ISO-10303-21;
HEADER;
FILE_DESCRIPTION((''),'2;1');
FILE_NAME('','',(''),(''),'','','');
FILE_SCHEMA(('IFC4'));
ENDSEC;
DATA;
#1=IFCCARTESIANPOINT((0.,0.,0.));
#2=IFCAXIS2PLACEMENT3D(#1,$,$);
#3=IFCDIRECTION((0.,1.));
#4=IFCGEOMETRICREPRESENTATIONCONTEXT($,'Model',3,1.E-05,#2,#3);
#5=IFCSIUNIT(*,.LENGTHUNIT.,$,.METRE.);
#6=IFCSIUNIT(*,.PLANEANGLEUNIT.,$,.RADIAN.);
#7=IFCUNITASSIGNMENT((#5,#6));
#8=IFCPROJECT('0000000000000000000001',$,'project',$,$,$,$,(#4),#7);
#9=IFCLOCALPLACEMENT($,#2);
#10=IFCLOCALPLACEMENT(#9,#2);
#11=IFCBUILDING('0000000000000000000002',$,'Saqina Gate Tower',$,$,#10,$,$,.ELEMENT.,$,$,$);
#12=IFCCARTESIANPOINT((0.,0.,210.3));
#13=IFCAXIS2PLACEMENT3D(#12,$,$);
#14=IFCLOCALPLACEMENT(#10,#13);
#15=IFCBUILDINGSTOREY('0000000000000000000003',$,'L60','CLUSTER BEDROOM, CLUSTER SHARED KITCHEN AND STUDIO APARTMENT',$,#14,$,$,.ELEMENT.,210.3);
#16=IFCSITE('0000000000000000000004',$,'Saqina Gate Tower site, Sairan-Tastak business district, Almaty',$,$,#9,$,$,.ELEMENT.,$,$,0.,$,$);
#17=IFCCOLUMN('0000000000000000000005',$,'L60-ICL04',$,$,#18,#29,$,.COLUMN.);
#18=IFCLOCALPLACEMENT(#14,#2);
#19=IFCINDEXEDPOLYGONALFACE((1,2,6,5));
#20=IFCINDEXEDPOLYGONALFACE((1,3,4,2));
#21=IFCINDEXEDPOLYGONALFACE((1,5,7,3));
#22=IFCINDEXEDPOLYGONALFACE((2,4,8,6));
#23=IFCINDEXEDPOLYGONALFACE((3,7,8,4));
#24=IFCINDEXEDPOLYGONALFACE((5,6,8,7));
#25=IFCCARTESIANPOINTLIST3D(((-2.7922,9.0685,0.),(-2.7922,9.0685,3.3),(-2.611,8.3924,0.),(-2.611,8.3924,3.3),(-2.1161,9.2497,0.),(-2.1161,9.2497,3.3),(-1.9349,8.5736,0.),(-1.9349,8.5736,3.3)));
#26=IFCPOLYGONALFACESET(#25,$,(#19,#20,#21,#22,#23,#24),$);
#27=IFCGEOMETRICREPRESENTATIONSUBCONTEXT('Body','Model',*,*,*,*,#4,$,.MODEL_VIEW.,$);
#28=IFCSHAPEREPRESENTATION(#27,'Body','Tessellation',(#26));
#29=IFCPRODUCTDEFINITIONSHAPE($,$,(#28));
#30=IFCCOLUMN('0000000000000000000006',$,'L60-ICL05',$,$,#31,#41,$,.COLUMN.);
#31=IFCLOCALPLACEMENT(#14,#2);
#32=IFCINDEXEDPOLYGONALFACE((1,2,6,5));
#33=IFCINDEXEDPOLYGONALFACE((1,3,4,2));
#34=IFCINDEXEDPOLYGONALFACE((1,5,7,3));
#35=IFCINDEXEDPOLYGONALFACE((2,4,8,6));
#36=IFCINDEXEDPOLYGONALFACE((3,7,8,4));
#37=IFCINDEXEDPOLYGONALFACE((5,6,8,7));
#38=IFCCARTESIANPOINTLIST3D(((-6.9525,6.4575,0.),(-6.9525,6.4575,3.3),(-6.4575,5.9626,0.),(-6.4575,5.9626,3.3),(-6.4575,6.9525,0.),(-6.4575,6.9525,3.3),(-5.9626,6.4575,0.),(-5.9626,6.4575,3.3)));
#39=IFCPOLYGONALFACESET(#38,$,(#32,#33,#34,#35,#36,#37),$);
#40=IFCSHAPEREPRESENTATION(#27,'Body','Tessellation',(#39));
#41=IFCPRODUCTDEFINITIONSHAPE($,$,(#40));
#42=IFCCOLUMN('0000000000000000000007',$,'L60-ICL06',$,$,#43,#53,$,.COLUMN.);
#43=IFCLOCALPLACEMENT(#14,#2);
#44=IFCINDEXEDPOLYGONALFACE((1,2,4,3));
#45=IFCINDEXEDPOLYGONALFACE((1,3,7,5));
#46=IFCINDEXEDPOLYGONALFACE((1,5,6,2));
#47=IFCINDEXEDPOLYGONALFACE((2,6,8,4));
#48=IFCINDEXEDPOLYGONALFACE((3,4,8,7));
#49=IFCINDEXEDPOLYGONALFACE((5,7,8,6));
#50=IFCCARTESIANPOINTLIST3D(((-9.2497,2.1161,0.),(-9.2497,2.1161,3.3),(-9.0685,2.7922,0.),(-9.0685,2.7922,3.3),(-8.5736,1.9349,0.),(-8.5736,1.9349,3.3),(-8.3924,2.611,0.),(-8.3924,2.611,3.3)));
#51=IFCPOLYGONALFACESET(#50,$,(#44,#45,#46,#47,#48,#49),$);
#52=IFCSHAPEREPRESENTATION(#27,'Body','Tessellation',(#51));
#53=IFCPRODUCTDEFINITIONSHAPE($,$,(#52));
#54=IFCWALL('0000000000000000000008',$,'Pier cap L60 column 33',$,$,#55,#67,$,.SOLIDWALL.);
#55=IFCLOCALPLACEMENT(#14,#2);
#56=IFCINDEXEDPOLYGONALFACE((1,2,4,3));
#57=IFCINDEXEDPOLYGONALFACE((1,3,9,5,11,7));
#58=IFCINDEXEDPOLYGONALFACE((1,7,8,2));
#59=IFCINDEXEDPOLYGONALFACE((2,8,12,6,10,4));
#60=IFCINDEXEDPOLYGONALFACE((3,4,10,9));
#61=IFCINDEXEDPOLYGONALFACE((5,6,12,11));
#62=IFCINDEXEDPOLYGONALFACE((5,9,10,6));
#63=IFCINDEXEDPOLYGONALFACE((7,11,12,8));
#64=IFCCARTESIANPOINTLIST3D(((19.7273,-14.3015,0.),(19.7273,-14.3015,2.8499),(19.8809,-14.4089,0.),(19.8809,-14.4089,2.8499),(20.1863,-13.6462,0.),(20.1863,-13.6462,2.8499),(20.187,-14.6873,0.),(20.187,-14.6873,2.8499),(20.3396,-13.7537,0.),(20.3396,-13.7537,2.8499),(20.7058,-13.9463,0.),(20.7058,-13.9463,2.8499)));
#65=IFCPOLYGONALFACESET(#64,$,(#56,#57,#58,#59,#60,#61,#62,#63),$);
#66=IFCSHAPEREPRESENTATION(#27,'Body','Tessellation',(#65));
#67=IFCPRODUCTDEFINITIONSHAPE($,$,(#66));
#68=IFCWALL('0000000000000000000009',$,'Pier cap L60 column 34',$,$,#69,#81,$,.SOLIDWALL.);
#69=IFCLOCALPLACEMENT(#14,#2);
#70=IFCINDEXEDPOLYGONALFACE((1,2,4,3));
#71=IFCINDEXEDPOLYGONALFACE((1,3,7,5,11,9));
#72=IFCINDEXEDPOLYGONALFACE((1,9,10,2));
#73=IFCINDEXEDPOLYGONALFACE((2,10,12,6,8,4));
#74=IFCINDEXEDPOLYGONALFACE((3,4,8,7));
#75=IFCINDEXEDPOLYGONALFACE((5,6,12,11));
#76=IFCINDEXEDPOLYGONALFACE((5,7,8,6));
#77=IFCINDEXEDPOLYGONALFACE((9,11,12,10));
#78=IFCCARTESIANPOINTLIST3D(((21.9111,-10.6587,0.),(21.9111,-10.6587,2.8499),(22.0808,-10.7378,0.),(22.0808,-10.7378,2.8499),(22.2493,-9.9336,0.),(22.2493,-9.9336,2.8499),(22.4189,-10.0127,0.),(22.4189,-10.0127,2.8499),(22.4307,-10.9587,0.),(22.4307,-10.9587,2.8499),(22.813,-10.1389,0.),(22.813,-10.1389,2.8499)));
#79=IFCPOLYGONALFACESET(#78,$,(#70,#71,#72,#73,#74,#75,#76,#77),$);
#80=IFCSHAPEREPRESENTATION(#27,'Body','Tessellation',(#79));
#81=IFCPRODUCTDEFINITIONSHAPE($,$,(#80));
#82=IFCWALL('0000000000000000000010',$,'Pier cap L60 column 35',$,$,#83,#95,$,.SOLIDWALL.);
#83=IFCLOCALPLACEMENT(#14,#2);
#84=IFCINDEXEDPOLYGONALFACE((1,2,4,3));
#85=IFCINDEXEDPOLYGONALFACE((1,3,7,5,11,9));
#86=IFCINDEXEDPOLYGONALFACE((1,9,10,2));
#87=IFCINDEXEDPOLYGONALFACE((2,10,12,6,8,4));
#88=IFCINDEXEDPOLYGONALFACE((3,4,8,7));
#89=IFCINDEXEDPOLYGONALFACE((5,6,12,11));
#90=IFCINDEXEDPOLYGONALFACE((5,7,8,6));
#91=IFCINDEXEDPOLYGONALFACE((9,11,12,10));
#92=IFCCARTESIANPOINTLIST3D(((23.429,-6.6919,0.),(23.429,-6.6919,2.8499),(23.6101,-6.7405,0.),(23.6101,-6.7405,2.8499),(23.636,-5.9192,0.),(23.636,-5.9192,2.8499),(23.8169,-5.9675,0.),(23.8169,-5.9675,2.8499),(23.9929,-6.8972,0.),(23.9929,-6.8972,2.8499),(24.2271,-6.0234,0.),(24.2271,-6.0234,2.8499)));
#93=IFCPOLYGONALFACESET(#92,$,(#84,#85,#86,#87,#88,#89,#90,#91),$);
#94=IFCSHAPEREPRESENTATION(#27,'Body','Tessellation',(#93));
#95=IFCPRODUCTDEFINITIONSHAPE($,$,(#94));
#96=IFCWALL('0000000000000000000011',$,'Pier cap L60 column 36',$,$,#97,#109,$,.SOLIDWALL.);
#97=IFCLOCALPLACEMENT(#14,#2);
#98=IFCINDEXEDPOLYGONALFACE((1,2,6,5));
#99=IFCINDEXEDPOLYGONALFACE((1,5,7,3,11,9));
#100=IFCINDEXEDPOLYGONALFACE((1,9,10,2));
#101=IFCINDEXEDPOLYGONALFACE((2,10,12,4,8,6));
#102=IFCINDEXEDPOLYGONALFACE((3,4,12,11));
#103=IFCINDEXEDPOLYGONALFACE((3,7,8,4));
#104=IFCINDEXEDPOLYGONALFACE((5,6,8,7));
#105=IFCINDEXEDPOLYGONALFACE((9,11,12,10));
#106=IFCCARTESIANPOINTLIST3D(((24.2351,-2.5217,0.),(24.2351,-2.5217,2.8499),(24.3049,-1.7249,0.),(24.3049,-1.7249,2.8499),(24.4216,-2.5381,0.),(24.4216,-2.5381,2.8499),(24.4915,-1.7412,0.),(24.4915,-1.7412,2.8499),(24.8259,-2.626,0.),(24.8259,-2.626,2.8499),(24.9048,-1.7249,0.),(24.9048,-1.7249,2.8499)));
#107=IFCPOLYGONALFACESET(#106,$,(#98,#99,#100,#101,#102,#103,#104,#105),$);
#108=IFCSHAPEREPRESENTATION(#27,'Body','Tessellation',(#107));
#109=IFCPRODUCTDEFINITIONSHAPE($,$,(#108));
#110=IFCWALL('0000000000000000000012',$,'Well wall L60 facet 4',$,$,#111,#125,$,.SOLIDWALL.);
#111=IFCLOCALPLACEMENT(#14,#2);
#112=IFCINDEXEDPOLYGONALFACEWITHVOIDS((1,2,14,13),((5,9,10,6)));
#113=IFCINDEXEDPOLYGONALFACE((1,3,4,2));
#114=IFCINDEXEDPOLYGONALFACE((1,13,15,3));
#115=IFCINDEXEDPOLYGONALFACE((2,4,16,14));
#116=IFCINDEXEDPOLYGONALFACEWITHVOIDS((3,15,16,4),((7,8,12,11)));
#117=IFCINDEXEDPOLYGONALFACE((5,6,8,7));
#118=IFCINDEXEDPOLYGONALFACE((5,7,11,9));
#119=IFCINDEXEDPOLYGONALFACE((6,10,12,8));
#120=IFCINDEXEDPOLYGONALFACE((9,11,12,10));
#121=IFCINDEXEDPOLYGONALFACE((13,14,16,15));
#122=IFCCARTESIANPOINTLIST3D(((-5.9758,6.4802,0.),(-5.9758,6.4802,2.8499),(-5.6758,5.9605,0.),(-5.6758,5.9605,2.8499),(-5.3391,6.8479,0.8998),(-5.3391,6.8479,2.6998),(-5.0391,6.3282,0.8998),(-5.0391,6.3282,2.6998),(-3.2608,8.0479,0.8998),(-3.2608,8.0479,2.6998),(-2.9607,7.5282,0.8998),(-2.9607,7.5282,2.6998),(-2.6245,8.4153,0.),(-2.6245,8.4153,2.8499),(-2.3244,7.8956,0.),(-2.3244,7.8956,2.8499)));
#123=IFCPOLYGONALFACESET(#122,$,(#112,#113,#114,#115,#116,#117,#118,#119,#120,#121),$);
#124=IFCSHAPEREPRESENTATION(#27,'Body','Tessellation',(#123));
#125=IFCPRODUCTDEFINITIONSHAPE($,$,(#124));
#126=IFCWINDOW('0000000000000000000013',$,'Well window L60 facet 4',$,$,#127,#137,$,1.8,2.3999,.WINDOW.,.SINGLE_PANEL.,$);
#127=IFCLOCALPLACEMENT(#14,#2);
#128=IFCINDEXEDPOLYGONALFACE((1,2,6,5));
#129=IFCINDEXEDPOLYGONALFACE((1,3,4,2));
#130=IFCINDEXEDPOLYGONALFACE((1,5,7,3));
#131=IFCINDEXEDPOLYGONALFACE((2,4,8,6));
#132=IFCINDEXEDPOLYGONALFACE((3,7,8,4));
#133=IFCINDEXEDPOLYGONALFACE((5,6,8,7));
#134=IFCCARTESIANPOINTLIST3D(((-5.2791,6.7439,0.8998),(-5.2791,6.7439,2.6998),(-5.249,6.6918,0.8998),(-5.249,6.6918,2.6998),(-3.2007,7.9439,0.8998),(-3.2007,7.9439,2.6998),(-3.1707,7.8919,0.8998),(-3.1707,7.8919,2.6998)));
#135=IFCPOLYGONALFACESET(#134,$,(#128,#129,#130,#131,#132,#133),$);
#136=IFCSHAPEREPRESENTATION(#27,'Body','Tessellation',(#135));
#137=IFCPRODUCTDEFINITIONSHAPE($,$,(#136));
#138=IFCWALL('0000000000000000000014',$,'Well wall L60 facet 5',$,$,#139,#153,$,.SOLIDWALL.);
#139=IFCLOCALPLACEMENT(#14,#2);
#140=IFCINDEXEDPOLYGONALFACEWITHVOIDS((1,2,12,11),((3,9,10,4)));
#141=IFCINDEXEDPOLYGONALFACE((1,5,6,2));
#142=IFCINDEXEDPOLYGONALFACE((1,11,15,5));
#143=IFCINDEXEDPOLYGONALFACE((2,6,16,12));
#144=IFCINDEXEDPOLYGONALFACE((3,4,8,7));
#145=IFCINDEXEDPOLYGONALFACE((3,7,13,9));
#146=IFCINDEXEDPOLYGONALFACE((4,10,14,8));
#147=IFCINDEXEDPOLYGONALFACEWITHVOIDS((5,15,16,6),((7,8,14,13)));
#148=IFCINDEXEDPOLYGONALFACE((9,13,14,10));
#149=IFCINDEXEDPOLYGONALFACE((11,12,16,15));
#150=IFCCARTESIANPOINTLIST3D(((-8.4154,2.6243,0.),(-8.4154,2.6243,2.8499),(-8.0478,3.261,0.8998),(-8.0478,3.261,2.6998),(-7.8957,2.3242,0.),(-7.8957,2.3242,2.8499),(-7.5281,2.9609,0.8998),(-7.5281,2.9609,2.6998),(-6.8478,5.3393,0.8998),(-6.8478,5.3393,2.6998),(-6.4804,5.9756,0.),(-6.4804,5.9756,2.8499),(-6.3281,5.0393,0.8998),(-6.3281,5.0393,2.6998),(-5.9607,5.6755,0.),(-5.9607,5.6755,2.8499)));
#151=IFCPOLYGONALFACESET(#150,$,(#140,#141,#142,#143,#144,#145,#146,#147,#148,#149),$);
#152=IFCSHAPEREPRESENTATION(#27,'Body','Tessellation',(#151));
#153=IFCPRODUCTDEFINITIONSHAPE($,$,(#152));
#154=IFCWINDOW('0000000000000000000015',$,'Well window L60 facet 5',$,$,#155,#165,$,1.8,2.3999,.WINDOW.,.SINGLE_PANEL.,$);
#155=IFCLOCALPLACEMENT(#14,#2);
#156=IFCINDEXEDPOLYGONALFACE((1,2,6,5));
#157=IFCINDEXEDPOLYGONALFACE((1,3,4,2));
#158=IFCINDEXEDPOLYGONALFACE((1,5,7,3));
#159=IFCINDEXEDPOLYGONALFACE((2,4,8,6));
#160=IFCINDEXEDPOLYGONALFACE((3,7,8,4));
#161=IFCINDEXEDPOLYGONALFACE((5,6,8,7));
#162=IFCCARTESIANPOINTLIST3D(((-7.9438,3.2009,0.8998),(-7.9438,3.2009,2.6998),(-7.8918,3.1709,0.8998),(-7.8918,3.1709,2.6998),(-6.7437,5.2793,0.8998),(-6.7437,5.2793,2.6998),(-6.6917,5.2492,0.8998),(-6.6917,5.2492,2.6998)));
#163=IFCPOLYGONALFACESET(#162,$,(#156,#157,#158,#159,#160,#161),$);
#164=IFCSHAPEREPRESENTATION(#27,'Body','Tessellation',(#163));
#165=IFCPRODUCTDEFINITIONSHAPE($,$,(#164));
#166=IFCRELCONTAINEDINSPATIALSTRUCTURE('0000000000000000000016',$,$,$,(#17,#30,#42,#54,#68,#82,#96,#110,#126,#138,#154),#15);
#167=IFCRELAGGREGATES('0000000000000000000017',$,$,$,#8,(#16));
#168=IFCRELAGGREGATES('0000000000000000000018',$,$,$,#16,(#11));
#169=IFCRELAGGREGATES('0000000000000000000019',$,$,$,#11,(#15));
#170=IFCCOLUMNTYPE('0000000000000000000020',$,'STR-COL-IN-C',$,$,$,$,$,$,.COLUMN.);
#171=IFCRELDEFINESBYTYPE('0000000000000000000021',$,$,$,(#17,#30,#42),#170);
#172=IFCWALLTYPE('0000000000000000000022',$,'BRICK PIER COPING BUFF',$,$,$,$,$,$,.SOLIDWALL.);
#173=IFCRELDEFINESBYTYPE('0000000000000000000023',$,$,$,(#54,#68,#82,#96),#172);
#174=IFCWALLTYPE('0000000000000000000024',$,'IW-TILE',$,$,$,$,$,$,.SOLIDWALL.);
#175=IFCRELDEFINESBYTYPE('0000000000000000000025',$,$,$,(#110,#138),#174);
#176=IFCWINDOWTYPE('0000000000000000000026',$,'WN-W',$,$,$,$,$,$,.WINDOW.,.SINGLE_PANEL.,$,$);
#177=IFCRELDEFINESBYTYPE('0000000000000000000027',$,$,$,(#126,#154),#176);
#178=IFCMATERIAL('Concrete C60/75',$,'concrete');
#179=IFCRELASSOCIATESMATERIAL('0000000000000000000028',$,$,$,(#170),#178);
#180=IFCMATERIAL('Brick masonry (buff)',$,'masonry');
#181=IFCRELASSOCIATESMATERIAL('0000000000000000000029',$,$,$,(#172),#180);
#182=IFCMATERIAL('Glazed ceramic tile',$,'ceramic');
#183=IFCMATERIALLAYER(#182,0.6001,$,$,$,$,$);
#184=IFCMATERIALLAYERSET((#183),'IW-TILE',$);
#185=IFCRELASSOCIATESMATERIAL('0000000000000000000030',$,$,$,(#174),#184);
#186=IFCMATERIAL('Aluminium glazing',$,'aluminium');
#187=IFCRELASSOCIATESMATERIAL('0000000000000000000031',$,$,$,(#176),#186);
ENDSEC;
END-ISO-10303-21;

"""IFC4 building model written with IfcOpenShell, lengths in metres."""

from ifc_helpers import new_model, si_unit, direction, frame, frame_2d, origin, origin_2d, place, context, subcontext, project, spatial, polyline, rectangle, outline, extrude, material, layer, layer_set, material_profile, profile_set, type_object, element, fill, save


model = new_model("IFC4")

# Units and contexts
model_context = context("Model", 3, precision=1e-05, world=origin(), true_north=direction((0.0, 1.0)))
body_context = subcontext(model_context, "Body", "Model", "MODEL_VIEW")
ifc_project = project(units=[si_unit("LENGTHUNIT", "METRE"), si_unit("PLANEANGLEUNIT", "RADIAN")], contexts=[model_context])

# Site, building, storey
site_placement = place(None, origin())
site = spatial("IfcSite", under=ifc_project, at=site_placement, Name="Saqina Gate Tower site, Sairan-Tastak business district, Almaty", CompositionType="ELEMENT", RefElevation=0.0)
building_placement = place(site_placement, origin())
building = spatial("IfcBuilding", under=site, at=building_placement, Name="Saqina Gate Tower", CompositionType="ELEMENT")
storey_placement = place(building_placement, frame((0.0, 0.0, 210.3)))
storey = spatial("IfcBuildingStorey", under=building, at=storey_placement, Name="L60", Description="CLUSTER BEDROOM, CLUSTER SHARED KITCHEN AND STUDIO APARTMENT", CompositionType="ELEMENT", Elevation=210.3)

# Columns
ifc_material_1 = material(Name="Concrete C60/75", Category="concrete")
ifc_material_profile = material_profile(ifc_material_1, rectangle(XDim=0.7, YDim=0.7, at=origin_2d()), Name="RC 700x700")
ifc_profile_set = profile_set([ifc_material_profile], Name="Concrete C60/75")
column_type = type_object("IfcColumnType", Name="STR-COL-IN-C", PredefinedType="COLUMN", material=ifc_profile_set)
for number, where, z_axis, x_axis, name in (
    (1, (-2.3635, 8.821, 0.0), (0.0, 0.0, 1.0), (-0.258819, 0.965926, 0.0), "L60-ICL04"),
    (2, (-6.4575, 6.4575, 0.0), (0.0, 0.0, 1.0), (-0.707107, 0.707107, 0.0), "L60-ICL05"),
    (3, (-8.821, 2.3635, 0.0), (0.0, 0.0, 1.0), (-0.965926, 0.258819, 0.0), "L60-ICL06"),
):
    element("IfcColumn", number, at=place(storey_placement, frame(where, z_axis=z_axis, x_axis=x_axis)), inside=storey, type_object=column_type, Name=name, PredefinedType="COLUMN", context=body_context, shape_type="SweptSolid", body=[
        extrude(rectangle(XDim=0.7, YDim=0.7, at=origin_2d()), origin(), (0.0, 0.0, 1.0), 3.3),
    ])

# Walls
ifc_material_2 = material(Name="Brick masonry (buff)", Category="masonry")
wall_type_1 = type_object("IfcWallType", Name="BRICK PIER COPING BUFF", PredefinedType="SOLIDWALL", material=ifc_material_2)
wall_1_placement = place(storey_placement, origin())
element("IfcWall", 4, at=wall_1_placement, inside=storey, type_object=wall_type_1, Name="Pier cap L60 column 33", PredefinedType="SOLIDWALL", context=body_context, shape_type="SweptSolid", body=[
    extrude(outline(polyline([(20.187, -14.6873), (20.7058, -13.9463), (20.1863, -13.6462), (20.3396, -13.7537), (19.8809, -14.4089), (19.7273, -14.3015), (20.187, -14.6873)])), origin(), (0.0, 0.0, 1.0), 2.8499),
])
wall_2_placement = place(storey_placement, origin())
element("IfcWall", 5, at=wall_2_placement, inside=storey, type_object=wall_type_1, Name="Pier cap L60 column 34", PredefinedType="SOLIDWALL", context=body_context, shape_type="SweptSolid", body=[
    extrude(outline(polyline([(22.813, -10.1389), (22.2493, -9.9336), (22.4189, -10.0127), (22.0808, -10.7378), (21.9111, -10.6587), (22.4307, -10.9587), (22.813, -10.1389)])), origin(), (0.0, 0.0, 1.0), 2.8499),
])
wall_3_placement = place(storey_placement, origin())
element("IfcWall", 6, at=wall_3_placement, inside=storey, type_object=wall_type_1, Name="Pier cap L60 column 35", PredefinedType="SOLIDWALL", context=body_context, shape_type="SweptSolid", body=[
    extrude(outline(polyline([(24.2271, -6.0234), (23.636, -5.9192), (23.8169, -5.9675), (23.6101, -6.7405), (23.429, -6.6919), (23.9929, -6.8972), (24.2271, -6.0234)])), origin(), (0.0, 0.0, 1.0), 2.8499),
])
wall_4_placement = place(storey_placement, origin())
element("IfcWall", 7, at=wall_4_placement, inside=storey, type_object=wall_type_1, Name="Pier cap L60 column 36", PredefinedType="SOLIDWALL", context=body_context, shape_type="SweptSolid", body=[
    extrude(outline(polyline([(24.8259, -2.626), (24.9048, -1.7249), (24.3049, -1.7249), (24.4915, -1.7412), (24.4216, -2.5381), (24.2351, -2.5217), (24.8259, -2.626)])), origin(), (0.0, 0.0, 1.0), 2.8499),
])

# Walls, openings, windows
ifc_material_3 = material(Name="Glazed ceramic tile", Category="ceramic")
ifc_layer_1 = layer(ifc_material_3, 0.6001)
ifc_layer_set_1 = layer_set([ifc_layer_1], Name="IW-TILE")
wall_type_2 = type_object("IfcWallType", Name="IW-TILE", PredefinedType="SOLIDWALL", material=ifc_layer_set_1)
wall_5_placement = place(storey_placement, frame((-2.4744, 8.1555, 0.0), z_axis=(0.0, 0.0, 1.0), x_axis=(-0.866006, -0.500034, 0.0)))
wall_5 = element("IfcWall", 8, at=wall_5_placement, inside=storey, type_object=wall_type_2, Name="Well wall L60 facet 4", PredefinedType="SOLIDWALL", context=body_context, shape_type="SweptSolid", body=[
    extrude(rectangle(XDim=3.8699, YDim=0.6001, at=frame_2d((1.9351, 0.0))), origin(), (0.0, 0.0, 1.0), 2.8499),
])
opening_1_placement = place(wall_5_placement, frame((0.7349, 0.0, 0.8999)))
opening_1 = element("IfcOpeningElement", 9, at=opening_1_placement, cuts=wall_5, PredefinedType="OPENING", context=body_context, shape_type="SweptSolid", body=[
    extrude(rectangle(XDim=2.3999, YDim=1.8, at=frame_2d((1.2, 0.8999))), frame((0.0, 0.312, 0.0), z_axis=(0.0, -1.0, 0.0), x_axis=(1.0, 0.0, 0.0)), (0.0, 0.0, 1.0), 0.624),
])
ifc_material_4 = material(Name="Aluminium glazing", Category="aluminium")
window_type = type_object("IfcWindowType", Name="WN-W", PartitioningType="SINGLE_PANEL", PredefinedType="WINDOW", material=ifc_material_4)
window_1_placement = place(opening_1_placement, origin())
window_1 = element("IfcWindow", 10, at=window_1_placement, inside=storey, type_object=window_type, Name="Well window L60 facet 4", OverallHeight=1.8, OverallWidth=2.3999, PartitioningType="SINGLE_PANEL", PredefinedType="WINDOW", context=body_context, shape_type="SweptSolid", body=[
    extrude(rectangle(XDim=2.3999, YDim=1.8, at=frame_2d((1.2, 0.8999))), frame((0.0, -0.1199, 0.0), z_axis=(0.0, -1.0, 0.0), x_axis=(1.0, 0.0, 0.0)), (0.0, 0.0, 1.0), 0.0601),
])
fill(opening_1, window_1)
wall_6_placement = place(storey_placement, frame((-6.2205, 5.8257, 0.0), z_axis=(0.0, 0.0, 1.0), x_axis=(-0.500034, -0.866006, 0.0)))
wall_6 = element("IfcWall", 11, at=wall_6_placement, inside=storey, type_object=wall_type_2, Name="Well wall L60 facet 5", PredefinedType="SOLIDWALL", context=body_context, shape_type="SweptSolid", body=[
    extrude(rectangle(XDim=3.8699, YDim=0.6001, at=frame_2d((1.9351, 0.0))), origin(), (0.0, 0.0, 1.0), 2.8499),
])
opening_2_placement = place(wall_6_placement, frame((0.7349, 0.0, 0.8999)))
opening_2 = element("IfcOpeningElement", 12, at=opening_2_placement, cuts=wall_6, PredefinedType="OPENING", context=body_context, shape_type="SweptSolid", body=[
    extrude(rectangle(XDim=2.3999, YDim=1.8, at=frame_2d((1.2, 0.8999))), frame((0.0, 0.312, 0.0), z_axis=(0.0, -1.0, 0.0), x_axis=(1.0, 0.0, 0.0)), (0.0, 0.0, 1.0), 0.624),
])
window_2_placement = place(opening_2_placement, origin())
window_2 = element("IfcWindow", 13, at=window_2_placement, inside=storey, type_object=window_type, Name="Well window L60 facet 5", OverallHeight=1.8, OverallWidth=2.3999, PartitioningType="SINGLE_PANEL", PredefinedType="WINDOW", context=body_context, shape_type="SweptSolid", body=[
    extrude(rectangle(XDim=2.3999, YDim=1.8, at=frame_2d((1.2, 0.8999))), frame((0.0, -0.1199, 0.0), z_axis=(0.0, -1.0, 0.0), x_axis=(1.0, 0.0, 0.0)), (0.0, 0.0, 1.0), 0.0601),
])
fill(opening_2, window_2)

save(model, "model.ifc")
